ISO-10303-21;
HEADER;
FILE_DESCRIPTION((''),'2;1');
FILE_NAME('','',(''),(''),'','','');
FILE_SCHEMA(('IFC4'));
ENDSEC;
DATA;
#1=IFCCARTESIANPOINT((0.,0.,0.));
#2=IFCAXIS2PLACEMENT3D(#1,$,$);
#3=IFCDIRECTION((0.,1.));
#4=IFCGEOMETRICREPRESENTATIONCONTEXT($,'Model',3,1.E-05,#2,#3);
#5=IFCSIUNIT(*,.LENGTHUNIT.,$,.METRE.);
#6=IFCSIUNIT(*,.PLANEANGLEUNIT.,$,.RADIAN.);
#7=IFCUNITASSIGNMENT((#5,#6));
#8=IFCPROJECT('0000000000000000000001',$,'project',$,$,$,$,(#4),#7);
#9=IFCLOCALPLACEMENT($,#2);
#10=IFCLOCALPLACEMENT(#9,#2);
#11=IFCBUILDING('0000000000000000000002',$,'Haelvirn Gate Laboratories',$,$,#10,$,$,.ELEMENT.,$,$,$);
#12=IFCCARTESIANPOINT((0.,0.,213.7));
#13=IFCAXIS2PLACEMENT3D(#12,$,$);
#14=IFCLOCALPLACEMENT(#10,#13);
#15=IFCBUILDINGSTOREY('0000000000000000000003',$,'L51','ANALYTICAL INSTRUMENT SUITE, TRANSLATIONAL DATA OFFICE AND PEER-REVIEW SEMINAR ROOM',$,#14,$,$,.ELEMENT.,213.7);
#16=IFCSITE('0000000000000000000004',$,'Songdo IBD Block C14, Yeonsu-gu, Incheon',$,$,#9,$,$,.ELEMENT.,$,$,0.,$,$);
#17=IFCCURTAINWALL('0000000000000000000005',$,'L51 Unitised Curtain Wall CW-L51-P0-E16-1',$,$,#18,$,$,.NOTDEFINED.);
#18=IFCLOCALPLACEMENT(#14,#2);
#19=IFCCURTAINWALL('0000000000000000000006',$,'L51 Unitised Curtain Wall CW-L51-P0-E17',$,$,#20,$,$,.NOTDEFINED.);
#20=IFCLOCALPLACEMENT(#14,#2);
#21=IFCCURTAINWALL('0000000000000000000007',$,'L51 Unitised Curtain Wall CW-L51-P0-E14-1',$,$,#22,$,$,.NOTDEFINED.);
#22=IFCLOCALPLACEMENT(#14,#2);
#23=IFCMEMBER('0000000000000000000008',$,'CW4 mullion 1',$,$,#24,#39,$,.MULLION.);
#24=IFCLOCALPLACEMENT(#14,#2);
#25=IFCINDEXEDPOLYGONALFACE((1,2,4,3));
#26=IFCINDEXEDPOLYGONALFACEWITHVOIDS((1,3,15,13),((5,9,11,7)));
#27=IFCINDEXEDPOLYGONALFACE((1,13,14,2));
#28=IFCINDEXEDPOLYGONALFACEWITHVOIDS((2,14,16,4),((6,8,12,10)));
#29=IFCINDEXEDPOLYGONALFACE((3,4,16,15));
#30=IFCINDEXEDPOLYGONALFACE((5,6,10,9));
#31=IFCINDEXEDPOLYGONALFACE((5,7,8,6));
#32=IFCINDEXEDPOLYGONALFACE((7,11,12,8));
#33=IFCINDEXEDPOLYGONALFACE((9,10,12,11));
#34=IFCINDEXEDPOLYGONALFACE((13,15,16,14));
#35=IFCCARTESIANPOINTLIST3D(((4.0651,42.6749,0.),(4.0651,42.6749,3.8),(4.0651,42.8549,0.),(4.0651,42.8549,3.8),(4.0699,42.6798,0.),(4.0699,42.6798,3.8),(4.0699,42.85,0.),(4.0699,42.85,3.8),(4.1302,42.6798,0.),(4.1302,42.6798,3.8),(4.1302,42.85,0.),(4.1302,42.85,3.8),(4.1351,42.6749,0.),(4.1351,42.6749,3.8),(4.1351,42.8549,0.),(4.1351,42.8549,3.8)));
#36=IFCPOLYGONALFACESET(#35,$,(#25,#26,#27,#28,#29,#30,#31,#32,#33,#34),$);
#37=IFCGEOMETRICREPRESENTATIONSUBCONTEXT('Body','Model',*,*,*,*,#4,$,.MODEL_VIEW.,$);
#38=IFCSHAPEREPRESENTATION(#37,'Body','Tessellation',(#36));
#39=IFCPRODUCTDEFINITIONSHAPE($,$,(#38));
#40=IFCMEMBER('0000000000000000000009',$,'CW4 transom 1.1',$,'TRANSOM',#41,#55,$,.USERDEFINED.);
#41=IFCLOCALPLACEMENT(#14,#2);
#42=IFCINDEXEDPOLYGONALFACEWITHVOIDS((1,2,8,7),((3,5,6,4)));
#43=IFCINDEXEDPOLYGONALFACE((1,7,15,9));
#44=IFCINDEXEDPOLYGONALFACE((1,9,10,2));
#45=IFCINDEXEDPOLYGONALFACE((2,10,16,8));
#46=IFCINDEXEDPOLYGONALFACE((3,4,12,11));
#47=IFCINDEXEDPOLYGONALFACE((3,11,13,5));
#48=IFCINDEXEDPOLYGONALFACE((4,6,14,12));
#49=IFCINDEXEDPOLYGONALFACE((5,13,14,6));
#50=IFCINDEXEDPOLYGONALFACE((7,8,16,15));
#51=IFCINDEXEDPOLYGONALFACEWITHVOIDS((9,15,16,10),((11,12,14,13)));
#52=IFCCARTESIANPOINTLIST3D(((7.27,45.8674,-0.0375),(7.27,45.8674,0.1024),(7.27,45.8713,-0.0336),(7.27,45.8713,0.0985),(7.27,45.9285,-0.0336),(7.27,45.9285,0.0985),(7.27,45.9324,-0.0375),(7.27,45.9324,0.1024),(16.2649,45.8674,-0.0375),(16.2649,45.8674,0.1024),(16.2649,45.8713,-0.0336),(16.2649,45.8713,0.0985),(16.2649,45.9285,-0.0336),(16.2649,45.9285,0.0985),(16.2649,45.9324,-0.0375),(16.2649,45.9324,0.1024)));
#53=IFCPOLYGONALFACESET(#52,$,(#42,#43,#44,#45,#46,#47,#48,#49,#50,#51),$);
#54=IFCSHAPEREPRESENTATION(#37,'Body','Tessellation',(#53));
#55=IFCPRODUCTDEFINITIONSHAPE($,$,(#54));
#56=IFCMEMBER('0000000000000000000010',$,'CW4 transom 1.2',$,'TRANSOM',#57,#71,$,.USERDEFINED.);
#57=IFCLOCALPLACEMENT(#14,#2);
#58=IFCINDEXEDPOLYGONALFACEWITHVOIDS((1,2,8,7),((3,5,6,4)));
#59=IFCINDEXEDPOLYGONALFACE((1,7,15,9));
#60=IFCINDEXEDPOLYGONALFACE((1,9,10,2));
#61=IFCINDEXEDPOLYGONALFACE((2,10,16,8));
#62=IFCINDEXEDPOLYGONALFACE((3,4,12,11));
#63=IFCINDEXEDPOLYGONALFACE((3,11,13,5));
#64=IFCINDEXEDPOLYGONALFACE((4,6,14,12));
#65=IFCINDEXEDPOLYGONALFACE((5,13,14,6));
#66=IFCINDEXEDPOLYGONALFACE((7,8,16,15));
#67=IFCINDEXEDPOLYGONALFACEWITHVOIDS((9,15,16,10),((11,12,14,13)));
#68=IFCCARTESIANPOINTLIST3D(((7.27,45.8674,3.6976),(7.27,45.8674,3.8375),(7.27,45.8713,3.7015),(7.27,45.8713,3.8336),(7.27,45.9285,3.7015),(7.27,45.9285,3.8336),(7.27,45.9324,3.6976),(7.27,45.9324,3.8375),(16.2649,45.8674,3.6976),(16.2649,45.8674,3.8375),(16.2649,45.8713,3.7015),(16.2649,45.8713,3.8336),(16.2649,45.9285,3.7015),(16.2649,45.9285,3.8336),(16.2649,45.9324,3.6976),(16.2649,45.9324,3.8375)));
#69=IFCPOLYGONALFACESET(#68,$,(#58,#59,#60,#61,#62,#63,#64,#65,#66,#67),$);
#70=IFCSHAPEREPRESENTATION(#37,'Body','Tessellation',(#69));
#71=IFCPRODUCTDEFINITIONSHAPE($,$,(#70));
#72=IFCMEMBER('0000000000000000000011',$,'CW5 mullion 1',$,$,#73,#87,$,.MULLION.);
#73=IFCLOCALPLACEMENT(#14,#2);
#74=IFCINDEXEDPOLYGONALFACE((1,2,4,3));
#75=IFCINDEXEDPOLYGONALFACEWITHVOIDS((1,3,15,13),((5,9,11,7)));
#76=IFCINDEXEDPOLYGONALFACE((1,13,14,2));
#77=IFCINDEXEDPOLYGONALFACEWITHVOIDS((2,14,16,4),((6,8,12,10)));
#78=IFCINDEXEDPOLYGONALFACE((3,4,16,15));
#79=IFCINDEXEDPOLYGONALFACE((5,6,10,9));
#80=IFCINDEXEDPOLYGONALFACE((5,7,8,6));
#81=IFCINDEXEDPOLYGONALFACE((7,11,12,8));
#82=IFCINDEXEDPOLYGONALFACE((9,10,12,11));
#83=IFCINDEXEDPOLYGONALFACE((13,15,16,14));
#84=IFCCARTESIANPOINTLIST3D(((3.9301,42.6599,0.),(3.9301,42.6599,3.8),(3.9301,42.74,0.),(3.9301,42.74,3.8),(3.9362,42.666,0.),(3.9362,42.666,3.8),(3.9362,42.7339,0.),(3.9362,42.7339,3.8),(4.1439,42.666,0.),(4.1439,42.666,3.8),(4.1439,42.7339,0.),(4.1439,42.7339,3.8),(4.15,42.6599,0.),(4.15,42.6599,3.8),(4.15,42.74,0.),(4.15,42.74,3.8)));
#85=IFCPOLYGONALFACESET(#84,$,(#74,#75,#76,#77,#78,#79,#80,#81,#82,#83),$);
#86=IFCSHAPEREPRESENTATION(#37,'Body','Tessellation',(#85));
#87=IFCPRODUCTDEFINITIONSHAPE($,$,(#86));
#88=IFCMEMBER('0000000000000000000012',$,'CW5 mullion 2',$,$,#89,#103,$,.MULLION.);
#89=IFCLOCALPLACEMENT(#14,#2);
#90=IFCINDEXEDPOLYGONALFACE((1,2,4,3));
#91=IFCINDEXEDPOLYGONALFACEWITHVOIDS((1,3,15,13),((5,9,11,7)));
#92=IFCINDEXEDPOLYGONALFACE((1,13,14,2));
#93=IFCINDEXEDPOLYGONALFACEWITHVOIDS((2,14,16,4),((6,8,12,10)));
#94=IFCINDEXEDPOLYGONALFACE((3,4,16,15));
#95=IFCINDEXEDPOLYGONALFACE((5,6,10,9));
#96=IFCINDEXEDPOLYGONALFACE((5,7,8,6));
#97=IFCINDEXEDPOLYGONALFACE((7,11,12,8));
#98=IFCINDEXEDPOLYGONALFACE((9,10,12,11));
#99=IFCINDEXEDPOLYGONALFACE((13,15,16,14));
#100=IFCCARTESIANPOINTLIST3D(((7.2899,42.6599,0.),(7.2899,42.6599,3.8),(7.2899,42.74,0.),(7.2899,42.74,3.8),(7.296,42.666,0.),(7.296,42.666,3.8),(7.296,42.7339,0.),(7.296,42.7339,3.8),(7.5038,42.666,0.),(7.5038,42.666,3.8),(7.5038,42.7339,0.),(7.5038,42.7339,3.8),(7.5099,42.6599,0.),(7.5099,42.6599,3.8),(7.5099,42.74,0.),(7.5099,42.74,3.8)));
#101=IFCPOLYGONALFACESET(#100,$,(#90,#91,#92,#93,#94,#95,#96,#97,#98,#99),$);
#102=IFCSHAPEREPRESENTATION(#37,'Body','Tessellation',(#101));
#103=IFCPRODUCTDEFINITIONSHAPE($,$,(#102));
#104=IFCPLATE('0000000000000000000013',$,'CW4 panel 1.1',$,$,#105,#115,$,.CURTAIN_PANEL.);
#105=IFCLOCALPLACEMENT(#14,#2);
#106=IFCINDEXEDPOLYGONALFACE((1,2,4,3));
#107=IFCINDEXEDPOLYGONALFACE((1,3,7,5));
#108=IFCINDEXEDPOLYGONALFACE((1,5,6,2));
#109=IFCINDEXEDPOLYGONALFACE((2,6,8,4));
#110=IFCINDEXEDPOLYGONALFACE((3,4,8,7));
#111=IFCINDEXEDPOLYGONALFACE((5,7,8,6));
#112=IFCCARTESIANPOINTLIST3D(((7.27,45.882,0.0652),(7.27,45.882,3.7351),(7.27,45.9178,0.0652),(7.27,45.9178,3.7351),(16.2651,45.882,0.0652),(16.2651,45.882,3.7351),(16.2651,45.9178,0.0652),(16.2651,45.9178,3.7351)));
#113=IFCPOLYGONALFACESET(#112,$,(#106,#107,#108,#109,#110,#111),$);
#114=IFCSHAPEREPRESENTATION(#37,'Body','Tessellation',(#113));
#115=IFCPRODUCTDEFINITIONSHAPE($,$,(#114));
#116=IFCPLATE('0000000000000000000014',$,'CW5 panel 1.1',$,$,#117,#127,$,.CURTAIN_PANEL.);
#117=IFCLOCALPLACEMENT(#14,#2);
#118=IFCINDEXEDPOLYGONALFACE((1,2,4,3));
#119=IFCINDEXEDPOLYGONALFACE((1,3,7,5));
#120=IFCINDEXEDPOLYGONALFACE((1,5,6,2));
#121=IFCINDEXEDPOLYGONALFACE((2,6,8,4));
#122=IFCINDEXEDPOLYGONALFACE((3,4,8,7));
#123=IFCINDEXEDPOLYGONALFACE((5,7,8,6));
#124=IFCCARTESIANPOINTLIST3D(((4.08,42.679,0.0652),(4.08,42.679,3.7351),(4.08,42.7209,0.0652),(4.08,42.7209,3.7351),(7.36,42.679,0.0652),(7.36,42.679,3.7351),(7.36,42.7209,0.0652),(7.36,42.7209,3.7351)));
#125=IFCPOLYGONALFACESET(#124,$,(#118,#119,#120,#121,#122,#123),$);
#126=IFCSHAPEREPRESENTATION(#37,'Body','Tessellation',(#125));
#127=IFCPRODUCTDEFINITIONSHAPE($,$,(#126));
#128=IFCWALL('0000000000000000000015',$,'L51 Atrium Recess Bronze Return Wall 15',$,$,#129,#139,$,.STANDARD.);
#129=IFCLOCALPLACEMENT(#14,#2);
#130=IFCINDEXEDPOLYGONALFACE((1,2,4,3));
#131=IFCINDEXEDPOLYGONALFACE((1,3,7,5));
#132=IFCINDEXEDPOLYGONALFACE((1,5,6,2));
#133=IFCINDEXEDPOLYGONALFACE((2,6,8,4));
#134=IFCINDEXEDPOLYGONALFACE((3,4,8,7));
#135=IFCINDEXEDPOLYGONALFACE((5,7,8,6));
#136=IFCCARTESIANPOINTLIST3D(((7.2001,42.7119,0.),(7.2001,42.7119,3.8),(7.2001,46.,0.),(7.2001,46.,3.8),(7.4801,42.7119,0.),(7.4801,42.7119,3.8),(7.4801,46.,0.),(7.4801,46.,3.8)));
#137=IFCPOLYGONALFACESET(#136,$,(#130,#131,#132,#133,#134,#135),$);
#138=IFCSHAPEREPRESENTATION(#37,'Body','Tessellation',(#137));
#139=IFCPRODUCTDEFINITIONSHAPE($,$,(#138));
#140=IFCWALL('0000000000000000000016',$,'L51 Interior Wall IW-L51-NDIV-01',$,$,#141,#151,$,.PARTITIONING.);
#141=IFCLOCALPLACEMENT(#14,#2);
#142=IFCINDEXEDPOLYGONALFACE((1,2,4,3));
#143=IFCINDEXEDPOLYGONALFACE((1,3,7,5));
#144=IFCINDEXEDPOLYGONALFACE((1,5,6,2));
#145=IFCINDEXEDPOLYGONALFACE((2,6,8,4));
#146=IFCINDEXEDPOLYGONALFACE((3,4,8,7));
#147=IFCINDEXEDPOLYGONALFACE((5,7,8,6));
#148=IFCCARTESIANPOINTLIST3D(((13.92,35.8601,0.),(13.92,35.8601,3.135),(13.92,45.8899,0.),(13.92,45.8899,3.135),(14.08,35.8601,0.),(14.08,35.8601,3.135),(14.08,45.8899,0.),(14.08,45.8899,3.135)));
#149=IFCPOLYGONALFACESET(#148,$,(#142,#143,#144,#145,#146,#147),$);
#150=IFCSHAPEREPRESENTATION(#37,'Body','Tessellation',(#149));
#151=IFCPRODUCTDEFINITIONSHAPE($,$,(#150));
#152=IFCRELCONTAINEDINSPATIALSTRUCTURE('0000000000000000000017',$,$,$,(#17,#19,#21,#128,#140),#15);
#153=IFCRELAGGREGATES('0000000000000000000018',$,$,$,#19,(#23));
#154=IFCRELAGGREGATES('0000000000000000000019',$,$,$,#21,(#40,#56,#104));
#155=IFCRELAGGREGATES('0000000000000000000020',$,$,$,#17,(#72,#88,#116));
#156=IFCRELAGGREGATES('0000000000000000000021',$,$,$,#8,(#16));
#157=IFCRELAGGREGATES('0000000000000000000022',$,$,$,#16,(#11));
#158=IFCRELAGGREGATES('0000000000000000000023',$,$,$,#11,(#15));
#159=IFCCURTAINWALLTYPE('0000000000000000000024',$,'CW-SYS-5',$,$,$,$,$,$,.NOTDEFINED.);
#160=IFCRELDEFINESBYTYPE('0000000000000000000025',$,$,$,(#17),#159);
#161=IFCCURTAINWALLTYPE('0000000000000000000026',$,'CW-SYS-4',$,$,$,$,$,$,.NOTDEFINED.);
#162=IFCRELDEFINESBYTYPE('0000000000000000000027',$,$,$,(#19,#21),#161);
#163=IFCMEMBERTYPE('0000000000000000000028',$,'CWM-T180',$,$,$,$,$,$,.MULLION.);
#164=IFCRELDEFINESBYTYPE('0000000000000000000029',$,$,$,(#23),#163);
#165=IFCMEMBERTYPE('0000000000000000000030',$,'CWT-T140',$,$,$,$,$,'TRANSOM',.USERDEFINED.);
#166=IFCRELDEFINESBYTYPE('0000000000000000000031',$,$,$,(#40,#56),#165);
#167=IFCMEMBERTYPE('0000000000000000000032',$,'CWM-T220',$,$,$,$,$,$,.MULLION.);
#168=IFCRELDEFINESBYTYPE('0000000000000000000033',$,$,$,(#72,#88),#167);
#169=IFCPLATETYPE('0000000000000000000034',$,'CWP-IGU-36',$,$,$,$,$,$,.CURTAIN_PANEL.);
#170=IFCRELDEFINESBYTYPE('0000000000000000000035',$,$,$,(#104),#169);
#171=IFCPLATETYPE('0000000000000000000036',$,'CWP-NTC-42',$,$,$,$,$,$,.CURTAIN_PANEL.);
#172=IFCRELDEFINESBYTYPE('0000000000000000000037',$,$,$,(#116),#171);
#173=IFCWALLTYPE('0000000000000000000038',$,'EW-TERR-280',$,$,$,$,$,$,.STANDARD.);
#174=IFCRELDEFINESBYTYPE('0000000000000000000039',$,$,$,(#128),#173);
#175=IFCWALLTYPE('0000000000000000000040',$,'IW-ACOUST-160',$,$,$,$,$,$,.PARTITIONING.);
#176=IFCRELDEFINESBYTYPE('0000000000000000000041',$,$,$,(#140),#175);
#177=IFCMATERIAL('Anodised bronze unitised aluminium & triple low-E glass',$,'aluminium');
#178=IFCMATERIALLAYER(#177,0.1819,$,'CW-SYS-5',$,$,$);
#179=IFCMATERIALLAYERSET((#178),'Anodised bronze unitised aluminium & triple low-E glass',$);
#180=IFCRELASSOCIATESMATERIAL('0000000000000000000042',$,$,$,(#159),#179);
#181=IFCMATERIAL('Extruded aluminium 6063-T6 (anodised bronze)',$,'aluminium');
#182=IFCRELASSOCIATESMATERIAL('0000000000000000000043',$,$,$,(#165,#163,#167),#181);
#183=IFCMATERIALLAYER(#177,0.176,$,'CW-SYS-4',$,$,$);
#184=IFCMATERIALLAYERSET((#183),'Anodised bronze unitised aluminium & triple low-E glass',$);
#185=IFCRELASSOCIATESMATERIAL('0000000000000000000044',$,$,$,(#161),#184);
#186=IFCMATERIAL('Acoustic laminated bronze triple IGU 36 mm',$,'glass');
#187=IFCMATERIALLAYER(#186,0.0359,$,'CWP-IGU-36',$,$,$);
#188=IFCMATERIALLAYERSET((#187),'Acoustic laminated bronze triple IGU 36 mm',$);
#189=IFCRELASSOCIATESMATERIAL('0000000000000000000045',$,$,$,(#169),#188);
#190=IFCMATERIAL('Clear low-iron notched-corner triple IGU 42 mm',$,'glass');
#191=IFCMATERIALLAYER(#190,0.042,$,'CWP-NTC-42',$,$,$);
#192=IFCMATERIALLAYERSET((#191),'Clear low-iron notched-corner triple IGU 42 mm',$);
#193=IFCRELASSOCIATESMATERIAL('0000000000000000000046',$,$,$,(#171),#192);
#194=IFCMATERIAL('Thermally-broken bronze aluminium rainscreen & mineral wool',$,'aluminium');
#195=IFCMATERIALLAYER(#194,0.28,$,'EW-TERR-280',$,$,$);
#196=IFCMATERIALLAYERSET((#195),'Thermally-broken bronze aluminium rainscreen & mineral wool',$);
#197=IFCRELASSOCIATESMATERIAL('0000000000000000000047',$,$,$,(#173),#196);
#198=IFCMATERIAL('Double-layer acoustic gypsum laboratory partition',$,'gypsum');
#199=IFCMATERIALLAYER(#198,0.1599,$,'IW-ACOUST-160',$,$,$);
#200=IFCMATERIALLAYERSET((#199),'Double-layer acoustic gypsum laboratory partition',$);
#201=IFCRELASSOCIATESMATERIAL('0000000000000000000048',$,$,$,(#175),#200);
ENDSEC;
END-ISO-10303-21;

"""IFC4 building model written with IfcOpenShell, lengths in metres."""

from ifc_helpers import new_model, si_unit, direction, frame, frame_2d, origin, origin_2d, place, context, subcontext, project, spatial, rectangle, hollow_rectangle, extrude, source, transform, mapped, material, layer, layer_set, material_profile, profile_set, type_object, type_shapes, element, aggregate, save


model = new_model("IFC4")

# Units and contexts
model_context = context("Model", 3, precision=1e-05, world=origin(), true_north=direction((0.0, 1.0)))
body_context = subcontext(model_context, "Body", "Model", "MODEL_VIEW")
ifc_project = project(units=[si_unit("LENGTHUNIT", "METRE"), si_unit("PLANEANGLEUNIT", "RADIAN")], contexts=[model_context])

# Site, building, storey
site_placement = place(None, origin())
site = spatial("IfcSite", under=ifc_project, at=site_placement, Name="Songdo IBD Block C14, Yeonsu-gu, Incheon", CompositionType="ELEMENT", RefElevation=0.0)
building_placement = place(site_placement, origin())
building = spatial("IfcBuilding", under=site, at=building_placement, Name="Haelvirn Gate Laboratories", CompositionType="ELEMENT")
storey_placement = place(building_placement, frame((0.0, 0.0, 213.7)))
storey = spatial("IfcBuildingStorey", under=building, at=storey_placement, Name="L51", Description="ANALYTICAL INSTRUMENT SUITE, TRANSLATIONAL DATA OFFICE AND PEER-REVIEW SEMINAR ROOM", CompositionType="ELEMENT", Elevation=213.7)

# Curtain walls
ifc_material_1 = material(Name="Anodised bronze unitised aluminium & triple low-E glass", Category="aluminium")
ifc_layer_1 = layer(ifc_material_1, 0.1819, Name="CW-SYS-5")
ifc_layer_set_1 = layer_set([ifc_layer_1], Name="Anodised bronze unitised aluminium & triple low-E glass")
curtain_wall_type_1 = type_object("IfcCurtainWallType", Name="CW-SYS-5", PredefinedType="NOTDEFINED", material=ifc_layer_set_1)
curtain_wall_1_placement = place(storey_placement, origin())
curtain_wall_1 = element("IfcCurtainWall", 1, at=curtain_wall_1_placement, inside=storey, type_object=curtain_wall_type_1, Name="L51 Unitised Curtain Wall CW-L51-P0-E16-1", PredefinedType="NOTDEFINED")
ifc_material_2 = material(Name="Extruded aluminium 6063-T6 (anodised bronze)", Category="aluminium")
ifc_material_profile_1 = material_profile(ifc_material_2, hollow_rectangle(XDim=0.0649, YDim=0.1399, WallThickness=0.0039, at=origin_2d()), Name="CWT-140x65x4")
ifc_profile_set_1 = profile_set([ifc_material_profile_1], Name="Extruded aluminium 6063-T6 (anodised bronze)")
member_type_1 = type_object("IfcMemberType", Name="CWT-T140", ElementType="TRANSOM", PredefinedType="USERDEFINED", material=ifc_profile_set_1)
ifc_layer_2 = layer(ifc_material_1, 0.176, Name="CW-SYS-4")
ifc_layer_set_2 = layer_set([ifc_layer_2], Name="Anodised bronze unitised aluminium & triple low-E glass")
curtain_wall_type_2 = type_object("IfcCurtainWallType", Name="CW-SYS-4", PredefinedType="NOTDEFINED", material=ifc_layer_set_2)
curtain_wall_2_placement = place(storey_placement, origin())
curtain_wall_2 = element("IfcCurtainWall", 2, at=curtain_wall_2_placement, inside=storey, type_object=curtain_wall_type_2, Name="L51 Unitised Curtain Wall CW-L51-P0-E17", PredefinedType="NOTDEFINED")

# Curtain wall
curtain_wall_3_placement = place(storey_placement, origin())
curtain_wall_3 = element("IfcCurtainWall", 3, at=curtain_wall_3_placement, inside=storey, type_object=curtain_wall_type_2, Name="L51 Unitised Curtain Wall CW-L51-P0-E14-1", PredefinedType="NOTDEFINED")
ifc_material_profile_2 = material_profile(ifc_material_2, hollow_rectangle(XDim=0.0701, YDim=0.1799, WallThickness=0.0049, at=origin_2d()), Name="CWM-180x70x5")
ifc_profile_set_2 = profile_set([ifc_material_profile_2], Name="Extruded aluminium 6063-T6 (anodised bronze)")
member_type_2 = type_object("IfcMemberType", Name="CWM-T180", PredefinedType="MULLION", material=ifc_profile_set_2)
shared_shape_1 = source(origin(), body_context, "Body", "SweptSolid", [
    extrude(hollow_rectangle(XDim=0.0701, YDim=0.1799, WallThickness=0.0049, at=origin_2d()), origin(), (0.0, 0.0, 1.0), 3.8),
])
type_shapes(member_type_2, [shared_shape_1])

# Members
member_1_placement = place(storey_placement, frame((4.1001, 42.7649, 0.0), z_axis=(0.0, 0.0, 1.0), x_axis=(1.0, 0.0, 0.0)))
member_1 = element("IfcMember", 4, at=member_1_placement, type_object=member_type_2, Name="CW4 mullion 1", PredefinedType="MULLION", context=body_context, shape_type="MappedRepresentation", body=[
    mapped(shared_shape_1, transform((0.0, 0.0, 0.0), scale=1.0)),
])
aggregate(curtain_wall_2, [member_1])
shared_shape_2 = source(origin(), body_context, "Body", "SweptSolid", [
    extrude(hollow_rectangle(XDim=0.0649, YDim=0.1399, WallThickness=0.0039, at=origin_2d()), origin(), (0.0, 0.0, 1.0), 8.9949),
])
member_2_placement = place(storey_placement, frame((7.27, 45.8999, 0.0325), z_axis=(1.0, 0.0, 0.0), x_axis=(0.0, 1.0, 0.0)))
member_2 = element("IfcMember", 5, at=member_2_placement, type_object=member_type_1, Name="CW4 transom 1.1", ObjectType="TRANSOM", PredefinedType="USERDEFINED", context=body_context, shape_type="MappedRepresentation", body=[
    mapped(shared_shape_2, transform((0.0, 0.0, 0.0), scale=1.0)),
])
member_3_placement = place(storey_placement, frame((7.27, 45.8999, 3.7676), z_axis=(1.0, 0.0, 0.0), x_axis=(0.0, 1.0, 0.0)))
member_3 = element("IfcMember", 6, at=member_3_placement, type_object=member_type_1, Name="CW4 transom 1.2", ObjectType="TRANSOM", PredefinedType="USERDEFINED", context=body_context, shape_type="MappedRepresentation", body=[
    mapped(shared_shape_2, transform((0.0, 0.0, 0.0), scale=1.0)),
])
ifc_material_profile_3 = material_profile(ifc_material_2, hollow_rectangle(XDim=0.0801, YDim=0.22, WallThickness=0.0061, at=origin_2d()), Name="CWM-220x80x6")
ifc_profile_set_3 = profile_set([ifc_material_profile_3], Name="Extruded aluminium 6063-T6 (anodised bronze)")
member_type_3 = type_object("IfcMemberType", Name="CWM-T220", PredefinedType="MULLION", material=ifc_profile_set_3)
shared_shape_3 = source(origin(), body_context, "Body", "SweptSolid", [
    extrude(hollow_rectangle(XDim=0.0801, YDim=0.22, WallThickness=0.0061, at=origin_2d()), origin(), (0.0, 0.0, 1.0), 3.8),
])
type_shapes(member_type_3, [shared_shape_3])
member_4_placement = place(storey_placement, frame((4.04, 42.7, 0.0), z_axis=(0.0, 0.0, 1.0), x_axis=(0.0, 1.0, 0.0)))
member_4 = element("IfcMember", 7, at=member_4_placement, type_object=member_type_3, Name="CW5 mullion 1", PredefinedType="MULLION", context=body_context, shape_type="MappedRepresentation", body=[
    mapped(shared_shape_3, transform((0.0, 0.0, 0.0), scale=1.0)),
])
member_5_placement = place(storey_placement, frame((7.3999, 42.7, 0.0), z_axis=(0.0, 0.0, 1.0), x_axis=(0.0, 1.0, 0.0)))
member_5 = element("IfcMember", 8, at=member_5_placement, type_object=member_type_3, Name="CW5 mullion 2", PredefinedType="MULLION", context=body_context, shape_type="MappedRepresentation", body=[
    mapped(shared_shape_3, transform((0.0, 0.0, 0.0), scale=1.0)),
])

# Plates
ifc_material_3 = material(Name="Acoustic laminated bronze triple IGU 36 mm", Category="glass")
ifc_layer_3 = layer(ifc_material_3, 0.0359, Name="CWP-IGU-36")
ifc_layer_set_3 = layer_set([ifc_layer_3], Name="Acoustic laminated bronze triple IGU 36 mm")
plate_type_1 = type_object("IfcPlateType", Name="CWP-IGU-36", PredefinedType="CURTAIN_PANEL", material=ifc_layer_set_3)
shared_shape_4 = source(origin(), body_context, "Body", "SweptSolid", [
    extrude(rectangle(XDim=8.9951, YDim=0.0359, at=origin_2d()), origin(), (0.0, 0.0, 1.0), 3.6699),
])
type_shapes(plate_type_1, [shared_shape_4])
plate_1_placement = place(storey_placement, frame((11.7676, 45.8999, 0.0652), z_axis=(0.0, 0.0, 1.0), x_axis=(1.0, 0.0, 0.0)))
plate_1 = element("IfcPlate", 9, at=plate_1_placement, type_object=plate_type_1, Name="CW4 panel 1.1", PredefinedType="CURTAIN_PANEL", context=body_context, shape_type="MappedRepresentation", body=[
    mapped(shared_shape_4, transform((0.0, 0.0, 0.0), scale=1.0)),
])
aggregate(curtain_wall_3, [member_2, member_3, plate_1])
ifc_material_4 = material(Name="Clear low-iron notched-corner triple IGU 42 mm", Category="glass")
ifc_layer_4 = layer(ifc_material_4, 0.042, Name="CWP-NTC-42")
ifc_layer_set_4 = layer_set([ifc_layer_4], Name="Clear low-iron notched-corner triple IGU 42 mm")
plate_type_2 = type_object("IfcPlateType", Name="CWP-NTC-42", PredefinedType="CURTAIN_PANEL", material=ifc_layer_set_4)
shared_shape_5 = source(origin(), body_context, "Body", "SweptSolid", [
    extrude(rectangle(XDim=3.28, YDim=0.042, at=origin_2d()), origin(), (0.0, 0.0, 1.0), 3.6699),
])
type_shapes(plate_type_2, [shared_shape_5])
plate_2_placement = place(storey_placement, frame((5.72, 42.7, 0.0652), z_axis=(0.0, 0.0, 1.0), x_axis=(1.0, 0.0, 0.0)))
plate_2 = element("IfcPlate", 10, at=plate_2_placement, type_object=plate_type_2, Name="CW5 panel 1.1", PredefinedType="CURTAIN_PANEL", context=body_context, shape_type="MappedRepresentation", body=[
    mapped(shared_shape_5, transform((0.0, 0.0, 0.0), scale=1.0)),
])
aggregate(curtain_wall_1, [member_4, member_5, plate_2])

# Walls
ifc_material_5 = material(Name="Thermally-broken bronze aluminium rainscreen & mineral wool", Category="aluminium")
ifc_layer_5 = layer(ifc_material_5, 0.28, Name="EW-TERR-280")
ifc_layer_set_5 = layer_set([ifc_layer_5], Name="Thermally-broken bronze aluminium rainscreen & mineral wool")
wall_type_1 = type_object("IfcWallType", Name="EW-TERR-280", PredefinedType="STANDARD", material=ifc_layer_set_5)
wall_1_placement = place(storey_placement, frame((7.3401, 46.0, 0.0), z_axis=(0.0, 0.0, 1.0), x_axis=(0.0, -1.0, 0.0)))
element("IfcWall", 11, at=wall_1_placement, inside=storey, type_object=wall_type_1, Name="L51 Atrium Recess Bronze Return Wall 15", PredefinedType="STANDARD", context=body_context, shape_type="SweptSolid", body=[
    extrude(rectangle(XDim=3.2881, YDim=0.28, at=frame_2d((1.644, 0.0))), origin(), (0.0, 0.0, 1.0), 3.8),
])
ifc_material_6 = material(Name="Double-layer acoustic gypsum laboratory partition", Category="gypsum")
ifc_layer_6 = layer(ifc_material_6, 0.1599, Name="IW-ACOUST-160")
ifc_layer_set_6 = layer_set([ifc_layer_6], Name="Double-layer acoustic gypsum laboratory partition")
wall_type_2 = type_object("IfcWallType", Name="IW-ACOUST-160", PredefinedType="PARTITIONING", material=ifc_layer_set_6)
wall_2_placement = place(storey_placement, frame((14.0, 35.8601, 0.0), z_axis=(0.0, 0.0, 1.0), x_axis=(0.0, 1.0, 0.0)))
element("IfcWall", 12, at=wall_2_placement, inside=storey, type_object=wall_type_2, Name="L51 Interior Wall IW-L51-NDIV-01", PredefinedType="PARTITIONING", context=body_context, shape_type="SweptSolid", body=[
    extrude(rectangle(XDim=10.0298, YDim=0.1599, at=frame_2d((5.0149, 0.0))), origin(), (0.0, 0.0, 1.0), 3.135),
])

save(model, "model.ifc")
